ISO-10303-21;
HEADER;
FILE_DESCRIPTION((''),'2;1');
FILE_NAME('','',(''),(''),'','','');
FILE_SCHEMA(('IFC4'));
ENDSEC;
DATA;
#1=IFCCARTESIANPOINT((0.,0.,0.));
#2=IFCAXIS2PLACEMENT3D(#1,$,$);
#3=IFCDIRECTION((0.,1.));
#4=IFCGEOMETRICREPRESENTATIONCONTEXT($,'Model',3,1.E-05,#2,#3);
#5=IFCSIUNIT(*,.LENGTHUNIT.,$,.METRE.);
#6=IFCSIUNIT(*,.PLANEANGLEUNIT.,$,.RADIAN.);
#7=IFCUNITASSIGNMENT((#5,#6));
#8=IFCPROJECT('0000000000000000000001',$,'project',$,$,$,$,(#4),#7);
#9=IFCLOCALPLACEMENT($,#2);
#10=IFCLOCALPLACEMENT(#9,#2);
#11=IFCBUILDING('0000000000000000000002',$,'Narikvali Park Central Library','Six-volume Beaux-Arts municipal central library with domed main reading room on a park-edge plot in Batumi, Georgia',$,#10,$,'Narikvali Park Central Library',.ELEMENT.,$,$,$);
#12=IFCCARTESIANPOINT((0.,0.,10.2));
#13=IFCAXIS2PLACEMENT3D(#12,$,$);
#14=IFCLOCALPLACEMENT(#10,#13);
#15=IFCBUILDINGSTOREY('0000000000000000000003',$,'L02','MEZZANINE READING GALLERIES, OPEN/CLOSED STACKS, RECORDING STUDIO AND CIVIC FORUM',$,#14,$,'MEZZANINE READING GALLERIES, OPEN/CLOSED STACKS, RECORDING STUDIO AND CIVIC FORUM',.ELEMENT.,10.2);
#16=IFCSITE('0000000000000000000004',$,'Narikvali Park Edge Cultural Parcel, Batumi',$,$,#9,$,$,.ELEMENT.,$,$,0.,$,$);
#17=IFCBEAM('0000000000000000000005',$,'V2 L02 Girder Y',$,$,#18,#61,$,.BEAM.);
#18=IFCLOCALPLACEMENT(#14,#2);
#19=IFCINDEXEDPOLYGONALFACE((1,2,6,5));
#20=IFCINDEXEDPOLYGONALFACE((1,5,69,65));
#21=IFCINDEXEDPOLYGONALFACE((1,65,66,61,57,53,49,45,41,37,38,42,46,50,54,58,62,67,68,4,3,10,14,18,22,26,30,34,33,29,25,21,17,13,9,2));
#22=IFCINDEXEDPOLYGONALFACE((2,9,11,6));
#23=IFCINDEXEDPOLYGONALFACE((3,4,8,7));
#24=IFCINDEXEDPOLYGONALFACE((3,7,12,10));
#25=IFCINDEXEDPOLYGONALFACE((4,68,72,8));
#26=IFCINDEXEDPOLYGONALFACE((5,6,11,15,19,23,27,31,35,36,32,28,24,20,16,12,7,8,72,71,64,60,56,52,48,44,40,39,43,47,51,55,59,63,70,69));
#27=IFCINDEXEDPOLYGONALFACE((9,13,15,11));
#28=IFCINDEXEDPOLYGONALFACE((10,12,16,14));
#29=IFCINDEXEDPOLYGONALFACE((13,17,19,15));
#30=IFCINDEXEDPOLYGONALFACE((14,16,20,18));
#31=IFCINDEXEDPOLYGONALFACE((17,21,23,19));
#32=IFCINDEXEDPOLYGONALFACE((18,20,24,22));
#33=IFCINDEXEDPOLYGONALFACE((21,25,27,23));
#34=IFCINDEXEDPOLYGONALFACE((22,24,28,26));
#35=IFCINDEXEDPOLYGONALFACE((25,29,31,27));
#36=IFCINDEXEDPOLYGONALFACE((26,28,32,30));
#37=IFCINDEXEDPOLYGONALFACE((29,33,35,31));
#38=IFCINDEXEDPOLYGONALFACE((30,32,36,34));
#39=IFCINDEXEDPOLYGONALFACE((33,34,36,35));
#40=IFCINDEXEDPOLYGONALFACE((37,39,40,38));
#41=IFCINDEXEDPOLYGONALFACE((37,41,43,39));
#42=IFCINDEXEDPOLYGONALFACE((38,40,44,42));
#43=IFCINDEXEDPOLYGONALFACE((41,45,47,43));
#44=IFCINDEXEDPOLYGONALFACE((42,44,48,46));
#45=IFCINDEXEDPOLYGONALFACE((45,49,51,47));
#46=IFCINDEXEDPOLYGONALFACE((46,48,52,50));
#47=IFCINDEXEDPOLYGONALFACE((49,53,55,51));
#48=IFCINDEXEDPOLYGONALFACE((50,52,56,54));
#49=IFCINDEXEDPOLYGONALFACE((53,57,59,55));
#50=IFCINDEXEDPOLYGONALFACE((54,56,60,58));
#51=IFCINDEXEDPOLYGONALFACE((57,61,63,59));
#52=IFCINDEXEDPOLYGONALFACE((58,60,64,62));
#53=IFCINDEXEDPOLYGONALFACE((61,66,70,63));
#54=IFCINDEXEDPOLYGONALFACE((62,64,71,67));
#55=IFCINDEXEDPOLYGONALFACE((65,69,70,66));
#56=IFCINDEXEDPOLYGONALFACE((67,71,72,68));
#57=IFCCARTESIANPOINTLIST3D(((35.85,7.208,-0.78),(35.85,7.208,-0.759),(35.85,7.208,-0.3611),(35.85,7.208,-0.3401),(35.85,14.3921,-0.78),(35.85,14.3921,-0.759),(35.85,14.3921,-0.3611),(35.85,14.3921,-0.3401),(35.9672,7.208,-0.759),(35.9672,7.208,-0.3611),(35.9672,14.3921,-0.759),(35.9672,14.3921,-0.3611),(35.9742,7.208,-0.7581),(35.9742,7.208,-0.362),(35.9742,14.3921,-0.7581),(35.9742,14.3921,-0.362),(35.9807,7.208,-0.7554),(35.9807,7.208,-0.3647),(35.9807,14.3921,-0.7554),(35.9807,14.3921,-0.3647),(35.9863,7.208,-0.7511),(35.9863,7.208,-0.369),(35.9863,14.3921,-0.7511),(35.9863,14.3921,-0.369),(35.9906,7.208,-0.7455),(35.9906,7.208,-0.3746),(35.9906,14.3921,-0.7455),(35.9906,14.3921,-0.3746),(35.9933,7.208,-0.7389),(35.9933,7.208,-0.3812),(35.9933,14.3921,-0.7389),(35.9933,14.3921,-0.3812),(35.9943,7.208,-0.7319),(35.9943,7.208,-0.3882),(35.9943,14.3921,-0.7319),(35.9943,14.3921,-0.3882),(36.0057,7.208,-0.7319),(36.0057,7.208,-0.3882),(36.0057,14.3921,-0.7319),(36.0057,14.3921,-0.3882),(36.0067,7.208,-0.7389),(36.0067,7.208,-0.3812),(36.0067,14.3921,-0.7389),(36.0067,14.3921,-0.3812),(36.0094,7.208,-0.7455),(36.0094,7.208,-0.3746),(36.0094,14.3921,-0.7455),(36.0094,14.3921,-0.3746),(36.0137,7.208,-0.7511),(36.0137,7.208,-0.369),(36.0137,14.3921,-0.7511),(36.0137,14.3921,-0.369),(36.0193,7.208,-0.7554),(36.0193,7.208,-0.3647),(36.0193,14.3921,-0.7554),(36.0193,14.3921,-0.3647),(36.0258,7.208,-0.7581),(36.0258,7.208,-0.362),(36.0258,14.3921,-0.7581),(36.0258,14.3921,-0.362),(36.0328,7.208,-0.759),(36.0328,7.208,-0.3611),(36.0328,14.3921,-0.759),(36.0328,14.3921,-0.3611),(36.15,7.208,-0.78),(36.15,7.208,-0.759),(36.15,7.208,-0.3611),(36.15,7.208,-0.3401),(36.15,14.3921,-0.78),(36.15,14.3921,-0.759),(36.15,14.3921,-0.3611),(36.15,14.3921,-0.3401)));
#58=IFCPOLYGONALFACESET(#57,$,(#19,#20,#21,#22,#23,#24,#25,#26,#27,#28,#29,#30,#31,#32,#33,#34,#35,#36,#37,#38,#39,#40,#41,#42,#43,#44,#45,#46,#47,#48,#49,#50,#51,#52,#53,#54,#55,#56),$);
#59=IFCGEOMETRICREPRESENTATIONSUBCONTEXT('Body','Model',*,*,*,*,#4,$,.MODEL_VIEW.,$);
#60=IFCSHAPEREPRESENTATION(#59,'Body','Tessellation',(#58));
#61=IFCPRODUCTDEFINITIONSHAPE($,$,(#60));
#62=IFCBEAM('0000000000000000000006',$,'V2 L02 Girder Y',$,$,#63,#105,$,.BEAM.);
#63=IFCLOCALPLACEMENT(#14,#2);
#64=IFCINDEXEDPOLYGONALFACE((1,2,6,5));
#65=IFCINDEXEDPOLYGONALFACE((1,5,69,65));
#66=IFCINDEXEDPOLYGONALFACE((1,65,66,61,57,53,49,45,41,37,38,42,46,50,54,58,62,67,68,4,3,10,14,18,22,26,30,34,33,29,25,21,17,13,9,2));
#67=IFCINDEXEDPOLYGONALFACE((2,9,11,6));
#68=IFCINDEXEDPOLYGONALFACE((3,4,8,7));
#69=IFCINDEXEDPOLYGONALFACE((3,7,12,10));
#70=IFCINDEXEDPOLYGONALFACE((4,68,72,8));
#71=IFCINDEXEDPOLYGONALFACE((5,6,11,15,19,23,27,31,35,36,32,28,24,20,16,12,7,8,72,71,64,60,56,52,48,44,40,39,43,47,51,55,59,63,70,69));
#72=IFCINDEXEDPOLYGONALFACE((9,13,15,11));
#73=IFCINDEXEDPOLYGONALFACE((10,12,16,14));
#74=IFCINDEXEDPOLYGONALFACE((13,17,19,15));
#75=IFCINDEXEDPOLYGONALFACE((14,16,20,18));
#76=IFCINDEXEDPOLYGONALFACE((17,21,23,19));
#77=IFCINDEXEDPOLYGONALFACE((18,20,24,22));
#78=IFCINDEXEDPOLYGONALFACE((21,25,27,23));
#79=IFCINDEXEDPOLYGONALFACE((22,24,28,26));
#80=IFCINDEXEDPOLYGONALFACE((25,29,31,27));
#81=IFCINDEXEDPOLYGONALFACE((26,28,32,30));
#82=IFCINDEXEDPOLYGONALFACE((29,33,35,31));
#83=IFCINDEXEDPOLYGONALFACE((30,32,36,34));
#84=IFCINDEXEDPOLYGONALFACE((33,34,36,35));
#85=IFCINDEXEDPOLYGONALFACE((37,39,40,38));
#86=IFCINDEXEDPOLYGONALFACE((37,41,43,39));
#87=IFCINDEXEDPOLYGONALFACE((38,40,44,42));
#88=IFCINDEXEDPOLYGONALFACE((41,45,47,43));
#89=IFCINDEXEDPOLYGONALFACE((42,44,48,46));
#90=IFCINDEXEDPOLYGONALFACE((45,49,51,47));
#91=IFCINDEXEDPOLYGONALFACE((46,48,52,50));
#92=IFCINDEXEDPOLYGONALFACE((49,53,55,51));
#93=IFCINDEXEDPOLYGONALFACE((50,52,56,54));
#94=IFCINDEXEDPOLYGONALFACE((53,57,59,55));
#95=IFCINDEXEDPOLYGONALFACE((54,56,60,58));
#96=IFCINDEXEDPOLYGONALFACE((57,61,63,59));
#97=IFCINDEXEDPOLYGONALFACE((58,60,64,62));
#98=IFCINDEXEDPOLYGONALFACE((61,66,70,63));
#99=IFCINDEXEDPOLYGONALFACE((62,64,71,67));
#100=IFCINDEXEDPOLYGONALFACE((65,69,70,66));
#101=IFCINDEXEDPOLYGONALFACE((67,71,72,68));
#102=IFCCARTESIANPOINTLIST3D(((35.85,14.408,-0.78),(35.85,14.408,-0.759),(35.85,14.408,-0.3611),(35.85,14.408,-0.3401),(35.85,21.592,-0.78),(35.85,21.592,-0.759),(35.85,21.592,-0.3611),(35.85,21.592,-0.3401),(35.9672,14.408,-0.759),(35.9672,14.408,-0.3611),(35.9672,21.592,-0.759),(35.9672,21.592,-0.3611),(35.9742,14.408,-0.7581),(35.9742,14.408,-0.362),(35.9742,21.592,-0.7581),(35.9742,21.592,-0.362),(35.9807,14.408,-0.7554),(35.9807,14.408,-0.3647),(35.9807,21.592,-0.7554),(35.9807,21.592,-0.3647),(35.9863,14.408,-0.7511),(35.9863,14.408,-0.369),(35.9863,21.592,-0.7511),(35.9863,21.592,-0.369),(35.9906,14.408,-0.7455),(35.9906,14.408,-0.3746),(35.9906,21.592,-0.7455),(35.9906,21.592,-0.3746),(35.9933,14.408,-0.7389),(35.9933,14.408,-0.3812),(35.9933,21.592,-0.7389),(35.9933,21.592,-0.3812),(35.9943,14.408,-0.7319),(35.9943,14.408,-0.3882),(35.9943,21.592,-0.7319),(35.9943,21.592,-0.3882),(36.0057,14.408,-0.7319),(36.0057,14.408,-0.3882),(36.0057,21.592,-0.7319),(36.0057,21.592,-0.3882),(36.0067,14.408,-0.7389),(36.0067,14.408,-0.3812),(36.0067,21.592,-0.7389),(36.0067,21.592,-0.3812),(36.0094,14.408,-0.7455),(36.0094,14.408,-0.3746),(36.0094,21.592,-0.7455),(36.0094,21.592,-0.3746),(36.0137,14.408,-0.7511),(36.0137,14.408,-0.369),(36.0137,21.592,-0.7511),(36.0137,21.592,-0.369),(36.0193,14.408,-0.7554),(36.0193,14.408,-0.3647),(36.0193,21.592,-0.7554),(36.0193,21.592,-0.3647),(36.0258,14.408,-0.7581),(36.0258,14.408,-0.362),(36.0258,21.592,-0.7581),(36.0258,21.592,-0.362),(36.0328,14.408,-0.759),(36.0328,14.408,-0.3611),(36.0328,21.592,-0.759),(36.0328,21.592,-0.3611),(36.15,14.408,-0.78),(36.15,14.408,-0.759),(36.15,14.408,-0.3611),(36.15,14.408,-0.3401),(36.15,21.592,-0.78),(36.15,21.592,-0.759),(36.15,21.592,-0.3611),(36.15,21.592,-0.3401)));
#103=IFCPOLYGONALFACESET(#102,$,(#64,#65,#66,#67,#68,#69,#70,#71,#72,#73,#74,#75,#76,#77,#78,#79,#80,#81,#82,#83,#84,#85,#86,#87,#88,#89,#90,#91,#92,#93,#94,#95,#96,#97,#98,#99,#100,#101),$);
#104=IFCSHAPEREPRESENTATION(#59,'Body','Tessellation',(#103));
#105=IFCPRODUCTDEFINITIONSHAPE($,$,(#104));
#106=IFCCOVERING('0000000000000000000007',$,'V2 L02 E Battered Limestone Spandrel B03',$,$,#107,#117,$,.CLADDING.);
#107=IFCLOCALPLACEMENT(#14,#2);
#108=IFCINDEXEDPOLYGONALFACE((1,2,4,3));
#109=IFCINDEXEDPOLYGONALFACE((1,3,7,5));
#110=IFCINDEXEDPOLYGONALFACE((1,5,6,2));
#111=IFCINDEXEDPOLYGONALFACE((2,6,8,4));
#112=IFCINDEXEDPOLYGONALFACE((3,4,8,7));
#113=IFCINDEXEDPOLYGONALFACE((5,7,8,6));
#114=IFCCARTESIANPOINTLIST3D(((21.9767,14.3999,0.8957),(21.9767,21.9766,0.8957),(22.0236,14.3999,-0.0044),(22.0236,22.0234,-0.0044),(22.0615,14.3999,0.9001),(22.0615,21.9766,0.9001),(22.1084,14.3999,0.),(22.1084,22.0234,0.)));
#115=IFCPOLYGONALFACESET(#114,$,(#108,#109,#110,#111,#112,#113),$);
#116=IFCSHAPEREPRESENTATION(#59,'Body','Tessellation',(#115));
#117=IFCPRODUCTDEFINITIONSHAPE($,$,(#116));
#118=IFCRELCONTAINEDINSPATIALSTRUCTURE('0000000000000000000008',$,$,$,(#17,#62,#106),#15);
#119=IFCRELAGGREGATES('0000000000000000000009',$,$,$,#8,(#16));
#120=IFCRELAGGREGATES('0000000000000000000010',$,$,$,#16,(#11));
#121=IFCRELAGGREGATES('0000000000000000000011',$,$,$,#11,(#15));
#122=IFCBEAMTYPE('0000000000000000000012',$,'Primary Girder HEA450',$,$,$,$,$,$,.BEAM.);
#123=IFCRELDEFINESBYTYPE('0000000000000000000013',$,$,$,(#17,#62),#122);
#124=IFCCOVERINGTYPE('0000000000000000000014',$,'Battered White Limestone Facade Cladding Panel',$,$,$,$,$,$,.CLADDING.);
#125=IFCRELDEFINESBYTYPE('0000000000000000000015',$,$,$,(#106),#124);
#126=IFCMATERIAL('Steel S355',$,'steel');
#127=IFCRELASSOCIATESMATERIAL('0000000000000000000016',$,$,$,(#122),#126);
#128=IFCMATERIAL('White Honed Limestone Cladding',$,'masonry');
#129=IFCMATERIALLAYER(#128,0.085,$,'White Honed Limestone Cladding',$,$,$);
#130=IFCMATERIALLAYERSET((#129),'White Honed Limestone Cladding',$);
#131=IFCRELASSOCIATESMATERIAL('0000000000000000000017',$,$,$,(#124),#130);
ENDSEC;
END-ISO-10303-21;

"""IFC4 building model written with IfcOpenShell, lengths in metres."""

from ifc_helpers import new_model, si_unit, direction, frame, origin, origin_2d, place, context, subcontext, project, spatial, polyline, i_section, outline, extrude, material, layer, layer_set, material_profile, profile_set, type_object, element, save


model = new_model("IFC4")

# Units and contexts
model_context = context("Model", 3, precision=1e-05, world=origin(), true_north=direction((0.0, 1.0)))
body_context = subcontext(model_context, "Body", "Model", "MODEL_VIEW")
ifc_project = project(units=[si_unit("LENGTHUNIT", "METRE"), si_unit("PLANEANGLEUNIT", "RADIAN")], contexts=[model_context])

# Site, building, storey
site_placement = place(None, origin())
site = spatial("IfcSite", under=ifc_project, at=site_placement, Name="Narikvali Park Edge Cultural Parcel, Batumi", CompositionType="ELEMENT", RefElevation=0.0)
building_placement = place(site_placement, origin())
building = spatial("IfcBuilding", under=site, at=building_placement, Name="Narikvali Park Central Library", Description="Six-volume Beaux-Arts municipal central library with domed main reading room on a park-edge plot in Batumi, Georgia", LongName="Narikvali Park Central Library", CompositionType="ELEMENT")
storey_placement = place(building_placement, frame((0.0, 0.0, 10.2)))
storey = spatial("IfcBuildingStorey", under=building, at=storey_placement, Name="L02", Description="MEZZANINE READING GALLERIES, OPEN/CLOSED STACKS, RECORDING STUDIO AND CIVIC FORUM", LongName="MEZZANINE READING GALLERIES, OPEN/CLOSED STACKS, RECORDING STUDIO AND CIVIC FORUM", CompositionType="ELEMENT", Elevation=10.2)

# Beams
ifc_material_1 = material(Name="Steel S355", Category="steel")
ifc_material_profile_1 = material_profile(ifc_material_1, i_section(OverallWidth=0.3, OverallDepth=0.4399, WebThickness=0.0115, FlangeThickness=0.021, FilletRadius=0.0271, at=origin_2d()), Name="HEA 450")
ifc_profile_set_1 = profile_set([ifc_material_profile_1], Name="Steel S355")
beam_type_1 = type_object("IfcBeamType", Name="Primary Girder HEA450", PredefinedType="BEAM", material=ifc_profile_set_1)
for number, where, z_axis, x_axis, name in (
    (1, (36.0, 7.208, -0.5601), (0.0, 1.0, 0.0), (-1.0, 0.0, 0.0), "V2 L02 Girder Y"),
    (2, (36.0, 14.408, -0.5601), (0.0, 1.0, 0.0), (-1.0, 0.0, 0.0), "V2 L02 Girder Y"),
):
    element("IfcBeam", number, at=place(storey_placement, frame(where, z_axis=z_axis, x_axis=x_axis)), inside=storey, type_object=beam_type_1, Name=name, PredefinedType="BEAM", context=body_context, shape_type="SweptSolid", body=[
        extrude(i_section(OverallWidth=0.3, OverallDepth=0.4399, WebThickness=0.0115, FlangeThickness=0.021, FilletRadius=0.0271, at=origin_2d()), origin(), (0.0, 0.0, 1.0), 7.1841),
    ])

# Covering
ifc_material_2 = material(Name="White Honed Limestone Cladding", Category="masonry")
ifc_layer_1 = layer(ifc_material_2, 0.085, Name="White Honed Limestone Cladding")
ifc_layer_set_1 = layer_set([ifc_layer_1], Name="White Honed Limestone Cladding")
covering_type = type_object("IfcCoveringType", Name="Battered White Limestone Facade Cladding Panel", PredefinedType="CLADDING", material=ifc_layer_set_1)
covering_placement = place(storey_placement, frame((22.1084, 14.3999, 0.0), z_axis=(0.998647, 0.0, 0.052004), x_axis=(0.0, 1.0, 0.0)))
element("IfcCovering", 3, at=covering_placement, inside=storey, type_object=covering_type, Name="V2 L02 E Battered Limestone Spandrel B03", PredefinedType="CLADDING", context=body_context, shape_type="SweptSolid", body=[
    extrude(outline(polyline([(0.0, 0.0), (7.6235, 0.0), (7.5767, 0.9014), (0.0, 0.9014), (0.0, 0.0)])), origin(), (0.0, 0.0, -1.0), 0.085),
])

save(model, "model.ifc")
